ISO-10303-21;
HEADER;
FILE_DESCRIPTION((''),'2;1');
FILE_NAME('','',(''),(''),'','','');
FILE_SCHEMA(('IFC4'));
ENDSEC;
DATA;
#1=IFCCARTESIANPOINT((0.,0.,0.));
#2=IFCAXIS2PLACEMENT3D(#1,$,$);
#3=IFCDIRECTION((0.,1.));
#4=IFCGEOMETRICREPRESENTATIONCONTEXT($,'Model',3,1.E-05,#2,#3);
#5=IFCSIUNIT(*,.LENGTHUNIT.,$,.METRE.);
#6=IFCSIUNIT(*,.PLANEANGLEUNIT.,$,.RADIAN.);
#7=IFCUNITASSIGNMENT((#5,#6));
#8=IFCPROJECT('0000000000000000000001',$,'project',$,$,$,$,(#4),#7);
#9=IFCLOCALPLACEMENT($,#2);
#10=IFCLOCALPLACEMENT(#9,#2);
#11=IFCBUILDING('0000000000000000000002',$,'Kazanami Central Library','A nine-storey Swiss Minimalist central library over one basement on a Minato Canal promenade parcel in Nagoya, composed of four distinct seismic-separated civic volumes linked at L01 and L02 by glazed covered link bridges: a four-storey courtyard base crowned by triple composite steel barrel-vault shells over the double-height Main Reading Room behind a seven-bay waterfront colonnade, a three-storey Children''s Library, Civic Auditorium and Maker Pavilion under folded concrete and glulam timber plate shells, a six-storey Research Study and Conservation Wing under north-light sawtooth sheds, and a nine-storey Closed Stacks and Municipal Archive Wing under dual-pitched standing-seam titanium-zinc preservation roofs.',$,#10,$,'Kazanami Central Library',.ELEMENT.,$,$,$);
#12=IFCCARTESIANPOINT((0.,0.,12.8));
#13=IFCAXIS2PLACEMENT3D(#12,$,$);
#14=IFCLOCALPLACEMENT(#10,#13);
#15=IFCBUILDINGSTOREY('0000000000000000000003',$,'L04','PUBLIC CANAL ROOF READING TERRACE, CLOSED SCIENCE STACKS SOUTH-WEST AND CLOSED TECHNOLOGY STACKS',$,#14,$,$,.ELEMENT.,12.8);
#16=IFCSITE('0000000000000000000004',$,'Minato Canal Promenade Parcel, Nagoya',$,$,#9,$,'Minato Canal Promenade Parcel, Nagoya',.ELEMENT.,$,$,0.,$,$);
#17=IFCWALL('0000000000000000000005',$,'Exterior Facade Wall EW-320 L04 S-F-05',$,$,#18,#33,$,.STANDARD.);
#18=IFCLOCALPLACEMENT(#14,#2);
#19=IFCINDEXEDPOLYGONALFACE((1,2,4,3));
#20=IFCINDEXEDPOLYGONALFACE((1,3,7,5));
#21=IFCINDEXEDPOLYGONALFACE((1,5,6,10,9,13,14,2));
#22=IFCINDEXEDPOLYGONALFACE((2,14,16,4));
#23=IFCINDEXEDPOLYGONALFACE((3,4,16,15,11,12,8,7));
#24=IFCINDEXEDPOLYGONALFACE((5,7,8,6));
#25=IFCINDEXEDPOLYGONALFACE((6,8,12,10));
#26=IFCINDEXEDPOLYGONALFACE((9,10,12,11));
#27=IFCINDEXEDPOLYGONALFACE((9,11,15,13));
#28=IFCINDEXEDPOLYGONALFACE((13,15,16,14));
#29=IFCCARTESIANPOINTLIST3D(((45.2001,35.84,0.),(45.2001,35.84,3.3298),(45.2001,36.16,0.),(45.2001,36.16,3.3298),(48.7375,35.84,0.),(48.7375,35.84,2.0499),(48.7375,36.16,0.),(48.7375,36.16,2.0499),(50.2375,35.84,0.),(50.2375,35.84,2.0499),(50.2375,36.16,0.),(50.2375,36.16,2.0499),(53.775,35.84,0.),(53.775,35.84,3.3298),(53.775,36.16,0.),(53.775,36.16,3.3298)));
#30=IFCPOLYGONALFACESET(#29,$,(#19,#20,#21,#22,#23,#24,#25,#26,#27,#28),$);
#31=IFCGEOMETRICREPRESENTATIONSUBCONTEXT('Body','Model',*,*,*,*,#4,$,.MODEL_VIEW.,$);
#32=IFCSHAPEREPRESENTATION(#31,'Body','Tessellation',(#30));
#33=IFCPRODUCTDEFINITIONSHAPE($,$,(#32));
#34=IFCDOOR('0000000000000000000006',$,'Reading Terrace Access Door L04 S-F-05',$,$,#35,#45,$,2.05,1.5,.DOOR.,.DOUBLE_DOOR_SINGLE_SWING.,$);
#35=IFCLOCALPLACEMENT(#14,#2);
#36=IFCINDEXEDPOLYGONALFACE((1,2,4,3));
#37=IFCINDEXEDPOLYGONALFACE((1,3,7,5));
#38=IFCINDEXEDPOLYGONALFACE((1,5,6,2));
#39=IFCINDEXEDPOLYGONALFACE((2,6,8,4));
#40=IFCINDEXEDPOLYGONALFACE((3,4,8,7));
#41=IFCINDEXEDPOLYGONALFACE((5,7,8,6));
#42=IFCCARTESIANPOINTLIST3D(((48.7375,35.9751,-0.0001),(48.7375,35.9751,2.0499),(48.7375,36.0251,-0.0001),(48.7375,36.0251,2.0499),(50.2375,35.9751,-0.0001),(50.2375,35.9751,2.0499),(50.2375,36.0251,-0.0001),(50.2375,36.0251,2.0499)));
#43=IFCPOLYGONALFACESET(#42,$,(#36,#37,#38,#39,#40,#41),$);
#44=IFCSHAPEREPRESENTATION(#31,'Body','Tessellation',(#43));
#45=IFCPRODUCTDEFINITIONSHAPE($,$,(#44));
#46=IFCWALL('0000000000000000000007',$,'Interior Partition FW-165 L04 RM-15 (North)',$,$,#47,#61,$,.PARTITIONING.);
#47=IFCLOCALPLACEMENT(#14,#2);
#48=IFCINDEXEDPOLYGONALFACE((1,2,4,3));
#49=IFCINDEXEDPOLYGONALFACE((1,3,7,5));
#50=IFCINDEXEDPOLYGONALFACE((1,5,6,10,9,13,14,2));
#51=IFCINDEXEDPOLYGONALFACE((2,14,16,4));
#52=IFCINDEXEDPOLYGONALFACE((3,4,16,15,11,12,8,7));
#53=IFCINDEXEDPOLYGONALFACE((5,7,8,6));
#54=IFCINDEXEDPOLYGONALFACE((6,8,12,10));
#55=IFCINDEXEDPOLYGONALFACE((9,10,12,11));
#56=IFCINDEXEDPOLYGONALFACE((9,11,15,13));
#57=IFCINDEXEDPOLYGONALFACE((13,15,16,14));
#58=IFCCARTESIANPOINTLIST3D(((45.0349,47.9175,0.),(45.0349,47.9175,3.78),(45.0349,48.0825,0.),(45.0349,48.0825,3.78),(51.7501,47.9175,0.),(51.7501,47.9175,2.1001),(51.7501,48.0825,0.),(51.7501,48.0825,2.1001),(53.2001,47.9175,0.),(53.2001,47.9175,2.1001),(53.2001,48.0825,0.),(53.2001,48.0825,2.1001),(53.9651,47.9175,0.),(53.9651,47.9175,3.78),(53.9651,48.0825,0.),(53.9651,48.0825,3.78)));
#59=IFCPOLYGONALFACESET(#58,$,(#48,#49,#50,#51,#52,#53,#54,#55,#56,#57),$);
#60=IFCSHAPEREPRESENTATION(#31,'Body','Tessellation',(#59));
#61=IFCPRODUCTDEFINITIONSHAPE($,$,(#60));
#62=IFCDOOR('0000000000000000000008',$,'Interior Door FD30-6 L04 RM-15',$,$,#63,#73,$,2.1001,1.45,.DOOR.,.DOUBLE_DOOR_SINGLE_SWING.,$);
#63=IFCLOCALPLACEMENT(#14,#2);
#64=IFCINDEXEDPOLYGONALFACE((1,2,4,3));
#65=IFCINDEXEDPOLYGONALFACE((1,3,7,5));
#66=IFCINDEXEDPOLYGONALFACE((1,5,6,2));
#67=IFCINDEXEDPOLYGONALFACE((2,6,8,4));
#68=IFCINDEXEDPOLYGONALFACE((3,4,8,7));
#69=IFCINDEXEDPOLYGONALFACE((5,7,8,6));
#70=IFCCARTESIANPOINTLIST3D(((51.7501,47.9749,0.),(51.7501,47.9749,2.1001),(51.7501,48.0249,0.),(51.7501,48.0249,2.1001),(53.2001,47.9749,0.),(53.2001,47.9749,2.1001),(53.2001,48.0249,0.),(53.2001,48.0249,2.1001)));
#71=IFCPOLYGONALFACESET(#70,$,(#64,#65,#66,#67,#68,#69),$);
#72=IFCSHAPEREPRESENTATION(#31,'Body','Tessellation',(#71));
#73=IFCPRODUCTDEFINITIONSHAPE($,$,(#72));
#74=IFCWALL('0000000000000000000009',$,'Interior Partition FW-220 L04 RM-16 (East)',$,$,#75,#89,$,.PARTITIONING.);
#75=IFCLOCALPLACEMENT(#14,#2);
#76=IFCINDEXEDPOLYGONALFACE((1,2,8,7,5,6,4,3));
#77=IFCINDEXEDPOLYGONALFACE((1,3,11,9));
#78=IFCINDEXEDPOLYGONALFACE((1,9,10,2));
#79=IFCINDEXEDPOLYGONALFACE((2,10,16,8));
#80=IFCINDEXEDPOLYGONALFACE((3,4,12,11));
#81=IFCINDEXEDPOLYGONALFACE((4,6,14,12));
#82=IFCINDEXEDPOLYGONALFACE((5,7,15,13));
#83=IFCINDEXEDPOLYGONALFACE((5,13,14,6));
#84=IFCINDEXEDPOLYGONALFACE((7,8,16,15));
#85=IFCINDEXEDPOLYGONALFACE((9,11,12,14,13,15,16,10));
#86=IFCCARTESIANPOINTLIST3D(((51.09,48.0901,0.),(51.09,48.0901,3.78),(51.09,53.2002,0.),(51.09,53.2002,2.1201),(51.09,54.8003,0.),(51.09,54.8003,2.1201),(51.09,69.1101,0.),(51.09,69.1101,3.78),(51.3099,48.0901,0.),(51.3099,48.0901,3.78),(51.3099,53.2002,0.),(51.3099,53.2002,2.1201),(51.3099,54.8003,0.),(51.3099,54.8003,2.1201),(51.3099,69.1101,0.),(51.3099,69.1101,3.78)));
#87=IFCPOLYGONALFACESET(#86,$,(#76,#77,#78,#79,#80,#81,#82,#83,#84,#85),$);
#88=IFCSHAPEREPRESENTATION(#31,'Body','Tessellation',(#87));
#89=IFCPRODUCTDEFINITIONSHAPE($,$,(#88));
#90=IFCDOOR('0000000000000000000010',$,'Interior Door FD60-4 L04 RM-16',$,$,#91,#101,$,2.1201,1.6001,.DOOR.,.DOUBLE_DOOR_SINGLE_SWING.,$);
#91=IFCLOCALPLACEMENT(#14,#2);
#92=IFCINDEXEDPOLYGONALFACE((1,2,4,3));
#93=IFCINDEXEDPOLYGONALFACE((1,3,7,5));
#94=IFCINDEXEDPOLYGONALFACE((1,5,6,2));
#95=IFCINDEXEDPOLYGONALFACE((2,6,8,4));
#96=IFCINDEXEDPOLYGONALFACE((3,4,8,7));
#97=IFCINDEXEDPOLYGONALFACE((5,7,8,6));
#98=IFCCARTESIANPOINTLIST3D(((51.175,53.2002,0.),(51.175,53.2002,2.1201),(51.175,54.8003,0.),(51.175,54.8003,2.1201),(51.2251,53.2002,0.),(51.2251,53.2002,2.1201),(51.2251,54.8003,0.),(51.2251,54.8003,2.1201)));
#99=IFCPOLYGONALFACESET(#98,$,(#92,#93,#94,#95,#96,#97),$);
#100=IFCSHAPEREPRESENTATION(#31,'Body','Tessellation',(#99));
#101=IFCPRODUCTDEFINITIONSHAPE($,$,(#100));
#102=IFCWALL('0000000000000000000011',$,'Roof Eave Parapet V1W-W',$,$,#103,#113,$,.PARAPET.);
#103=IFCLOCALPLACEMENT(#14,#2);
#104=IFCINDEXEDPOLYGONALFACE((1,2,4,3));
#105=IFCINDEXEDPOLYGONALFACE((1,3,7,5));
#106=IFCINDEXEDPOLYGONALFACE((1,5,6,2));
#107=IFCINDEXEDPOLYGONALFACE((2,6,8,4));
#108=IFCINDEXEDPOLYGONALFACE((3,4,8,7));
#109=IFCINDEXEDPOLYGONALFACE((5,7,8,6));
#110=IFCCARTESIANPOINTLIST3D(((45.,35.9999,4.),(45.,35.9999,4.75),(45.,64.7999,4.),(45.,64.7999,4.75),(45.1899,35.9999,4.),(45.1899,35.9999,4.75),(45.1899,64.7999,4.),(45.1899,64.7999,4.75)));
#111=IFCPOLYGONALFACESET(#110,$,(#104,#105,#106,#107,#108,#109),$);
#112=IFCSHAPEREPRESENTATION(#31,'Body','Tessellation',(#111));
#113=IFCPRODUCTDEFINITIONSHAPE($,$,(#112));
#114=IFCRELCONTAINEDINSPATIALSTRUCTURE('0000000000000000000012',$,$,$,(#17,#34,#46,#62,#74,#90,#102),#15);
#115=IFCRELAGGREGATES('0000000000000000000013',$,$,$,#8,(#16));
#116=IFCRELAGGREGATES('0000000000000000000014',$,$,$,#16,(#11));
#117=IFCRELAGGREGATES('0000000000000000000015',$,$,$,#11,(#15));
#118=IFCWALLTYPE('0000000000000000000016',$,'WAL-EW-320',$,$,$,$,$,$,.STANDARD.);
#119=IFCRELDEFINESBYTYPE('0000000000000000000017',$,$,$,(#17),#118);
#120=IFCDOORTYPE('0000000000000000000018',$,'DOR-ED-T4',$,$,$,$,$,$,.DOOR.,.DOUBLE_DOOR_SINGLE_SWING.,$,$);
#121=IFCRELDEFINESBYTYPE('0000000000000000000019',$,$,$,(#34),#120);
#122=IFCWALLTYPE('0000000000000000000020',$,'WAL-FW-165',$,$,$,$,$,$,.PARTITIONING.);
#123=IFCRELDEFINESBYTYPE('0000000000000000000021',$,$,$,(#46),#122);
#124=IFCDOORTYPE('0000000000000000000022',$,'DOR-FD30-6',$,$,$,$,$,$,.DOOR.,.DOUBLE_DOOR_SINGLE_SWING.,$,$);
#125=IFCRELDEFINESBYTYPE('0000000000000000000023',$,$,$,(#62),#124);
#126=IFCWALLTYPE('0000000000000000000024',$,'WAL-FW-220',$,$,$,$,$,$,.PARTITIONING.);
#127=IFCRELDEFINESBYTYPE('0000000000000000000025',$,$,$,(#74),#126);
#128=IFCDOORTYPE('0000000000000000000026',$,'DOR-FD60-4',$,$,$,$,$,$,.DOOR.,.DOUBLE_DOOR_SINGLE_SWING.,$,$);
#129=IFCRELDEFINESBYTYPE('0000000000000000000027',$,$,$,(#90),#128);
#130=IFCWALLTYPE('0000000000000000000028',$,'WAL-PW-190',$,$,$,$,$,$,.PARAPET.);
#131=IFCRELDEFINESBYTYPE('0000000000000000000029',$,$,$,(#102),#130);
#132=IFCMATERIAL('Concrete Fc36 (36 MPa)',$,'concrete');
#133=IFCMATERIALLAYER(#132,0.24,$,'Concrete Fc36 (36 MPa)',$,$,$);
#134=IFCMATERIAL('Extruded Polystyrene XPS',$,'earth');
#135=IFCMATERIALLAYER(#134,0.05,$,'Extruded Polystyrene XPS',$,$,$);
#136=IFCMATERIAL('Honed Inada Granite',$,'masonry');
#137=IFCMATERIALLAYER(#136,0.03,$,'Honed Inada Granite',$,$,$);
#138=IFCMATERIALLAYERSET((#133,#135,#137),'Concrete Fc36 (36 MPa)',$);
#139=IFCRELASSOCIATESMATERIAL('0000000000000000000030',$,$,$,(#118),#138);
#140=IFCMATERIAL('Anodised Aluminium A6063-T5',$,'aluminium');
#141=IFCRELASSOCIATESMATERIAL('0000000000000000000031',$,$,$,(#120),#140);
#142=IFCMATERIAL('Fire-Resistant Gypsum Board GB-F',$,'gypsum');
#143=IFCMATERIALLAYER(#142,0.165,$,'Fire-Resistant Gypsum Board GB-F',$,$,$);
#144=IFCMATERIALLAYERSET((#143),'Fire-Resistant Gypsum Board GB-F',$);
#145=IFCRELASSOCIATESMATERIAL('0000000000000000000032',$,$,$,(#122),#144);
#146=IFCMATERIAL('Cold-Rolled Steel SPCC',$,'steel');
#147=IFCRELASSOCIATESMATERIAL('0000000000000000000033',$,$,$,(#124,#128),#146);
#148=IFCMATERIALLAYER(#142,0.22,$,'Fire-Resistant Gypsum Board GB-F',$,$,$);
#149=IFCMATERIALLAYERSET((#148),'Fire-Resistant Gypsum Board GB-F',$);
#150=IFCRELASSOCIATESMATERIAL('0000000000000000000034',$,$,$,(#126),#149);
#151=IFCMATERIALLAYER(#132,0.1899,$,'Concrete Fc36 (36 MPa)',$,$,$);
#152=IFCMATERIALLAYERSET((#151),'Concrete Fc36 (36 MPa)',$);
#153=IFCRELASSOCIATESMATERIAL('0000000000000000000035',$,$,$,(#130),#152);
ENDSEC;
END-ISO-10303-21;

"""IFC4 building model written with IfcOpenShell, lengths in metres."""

from ifc_helpers import new_model, si_unit, direction, frame, frame_2d, origin, place, context, subcontext, project, spatial, rectangle, extrude, material, layer, layer_set, type_object, element, fill, save


model = new_model("IFC4")

# Units and contexts
model_context = context("Model", 3, precision=1e-05, world=origin(), true_north=direction((0.0, 1.0)))
body_context = subcontext(model_context, "Body", "Model", "MODEL_VIEW")
ifc_project = project(units=[si_unit("LENGTHUNIT", "METRE"), si_unit("PLANEANGLEUNIT", "RADIAN")], contexts=[model_context])

# Site, building, storey
site_placement = place(None, origin())
site = spatial("IfcSite", under=ifc_project, at=site_placement, Name="Minato Canal Promenade Parcel, Nagoya", LongName="Minato Canal Promenade Parcel, Nagoya", CompositionType="ELEMENT", RefElevation=0.0)
building_placement = place(site_placement, origin())
building = spatial("IfcBuilding", under=site, at=building_placement, Name="Kazanami Central Library", Description="A nine-storey Swiss Minimalist central library over one basement on a Minato Canal promenade parcel in Nagoya, composed of four distinct seismic-separated civic volumes linked at L01 and L02 by glazed covered link bridges: a four-storey courtyard base crowned by triple composite steel barrel-vault shells over the double-height Main Reading Room behind a seven-bay waterfront colonnade, a three-storey Children's Library, Civic Auditorium and Maker Pavilion under folded concrete and glulam timber plate shells, a six-storey Research Study and Conservation Wing under north-light sawtooth sheds, and a nine-storey Closed Stacks and Municipal Archive Wing under dual-pitched standing-seam titanium-zinc preservation roofs.", LongName="Kazanami Central Library", CompositionType="ELEMENT")
storey_placement = place(building_placement, frame((0.0, 0.0, 12.8)))
storey = spatial("IfcBuildingStorey", under=building, at=storey_placement, Name="L04", Description="PUBLIC CANAL ROOF READING TERRACE, CLOSED SCIENCE STACKS SOUTH-WEST AND CLOSED TECHNOLOGY STACKS", CompositionType="ELEMENT", Elevation=12.8)

# Shared definitions
ifc_material_1 = material(Name="Anodised Aluminium A6063-T5", Category="aluminium")

# Shared definitions
ifc_material_2 = material(Name="Concrete Fc36 (36 MPa)", Category="concrete")
ifc_material_3 = material(Name="Extruded Polystyrene XPS", Category="earth")
ifc_material_4 = material(Name="Honed Inada Granite", Category="masonry")

# Walls, openings, doors
ifc_layer_1 = layer(ifc_material_2, 0.24, Name="Concrete Fc36 (36 MPa)")
ifc_layer_2 = layer(ifc_material_3, 0.05, Name="Extruded Polystyrene XPS")
ifc_layer_3 = layer(ifc_material_4, 0.03, Name="Honed Inada Granite")
ifc_layer_set_1 = layer_set([ifc_layer_1, ifc_layer_2, ifc_layer_3], Name="Concrete Fc36 (36 MPa)")
wall_type_1 = type_object("IfcWallType", Name="WAL-EW-320", PredefinedType="STANDARD", material=ifc_layer_set_1)
wall_1_placement = place(storey_placement, frame((45.2, 36.0, 0.0), z_axis=(0.0, 0.0, 1.0), x_axis=(1.0, 0.0, 0.0)))
wall_1 = element("IfcWall", 1, at=wall_1_placement, inside=storey, type_object=wall_type_1, Name="Exterior Facade Wall EW-320 L04 S-F-05", PredefinedType="STANDARD", context=body_context, shape_type="SweptSolid", body=[
    extrude(rectangle(XDim=8.575, YDim=0.3201, at=frame_2d((4.2876, 0.0))), origin(), (0.0, 0.0, 1.0), 3.3298),
])
opening_1_placement = place(wall_1_placement, frame((3.5376, 0.0, 0.0)))
opening_1 = element("IfcOpeningElement", 2, at=opening_1_placement, cuts=wall_1, PredefinedType="OPENING", context=body_context, shape_type="SweptSolid", body=[
    extrude(rectangle(XDim=1.5, YDim=2.05, at=frame_2d((0.75, 1.0249))), frame((0.0, 0.1719, 0.0), z_axis=(0.0, -1.0, 0.0), x_axis=(1.0, 0.0, 0.0)), (0.0, 0.0, 1.0), 0.344),
])
door_type_1 = type_object("IfcDoorType", Name="DOR-ED-T4", OperationType="DOUBLE_DOOR_SINGLE_SWING", PredefinedType="DOOR", material=ifc_material_1)
door_1_placement = place(opening_1_placement, frame((1.5, 0.0, 0.0), z_axis=(0.0, 0.0, 1.0), x_axis=(-1.0, 0.0, 0.0)))
door_1 = element("IfcDoor", 3, at=door_1_placement, inside=storey, type_object=door_type_1, Name="Reading Terrace Access Door L04 S-F-05", OperationType="DOUBLE_DOOR_SINGLE_SWING", OverallHeight=2.05, OverallWidth=1.5, PredefinedType="DOOR", context=body_context, shape_type="SweptSolid", body=[
    extrude(rectangle(XDim=1.5, YDim=2.05, at=frame_2d((0.75, 1.0249))), frame((0.0, 0.0249, 0.0), z_axis=(0.0, -1.0, 0.0), x_axis=(1.0, 0.0, 0.0)), (0.0, 0.0, 1.0), 0.05),
])
fill(opening_1, door_1)
ifc_material_5 = material(Name="Fire-Resistant Gypsum Board GB-F", Category="gypsum")
ifc_layer_4 = layer(ifc_material_5, 0.165, Name="Fire-Resistant Gypsum Board GB-F")
ifc_layer_set_2 = layer_set([ifc_layer_4], Name="Fire-Resistant Gypsum Board GB-F")
wall_type_2 = type_object("IfcWallType", Name="WAL-FW-165", PredefinedType="PARTITIONING", material=ifc_layer_set_2)
wall_2_placement = place(storey_placement, frame((45.0349, 48.0, 0.0), z_axis=(0.0, 0.0, 1.0), x_axis=(1.0, 0.0, 0.0)))
wall_2 = element("IfcWall", 4, at=wall_2_placement, inside=storey, type_object=wall_type_2, Name="Interior Partition FW-165 L04 RM-15 (North)", PredefinedType="PARTITIONING", context=body_context, shape_type="SweptSolid", body=[
    extrude(rectangle(XDim=8.9302, YDim=0.165, at=frame_2d((4.4651, 0.0))), origin(), (0.0, 0.0, 1.0), 3.78),
])
opening_2_placement = place(wall_2_placement, frame((6.7151, 0.0, 0.0)))
opening_2 = element("IfcOpeningElement", 5, at=opening_2_placement, cuts=wall_2, PredefinedType="OPENING", context=body_context, shape_type="SweptSolid", body=[
    extrude(rectangle(XDim=1.45, YDim=2.1001, at=frame_2d((0.7251, 1.05))), frame((0.0, 0.0945, 0.0), z_axis=(0.0, -1.0, 0.0), x_axis=(1.0, 0.0, 0.0)), (0.0, 0.0, 1.0), 0.189),
])
ifc_material_6 = material(Name="Cold-Rolled Steel SPCC", Category="steel")
door_type_2 = type_object("IfcDoorType", Name="DOR-FD30-6", OperationType="DOUBLE_DOOR_SINGLE_SWING", PredefinedType="DOOR", material=ifc_material_6)
door_2_placement = place(opening_2_placement, origin())
door_2 = element("IfcDoor", 6, at=door_2_placement, inside=storey, type_object=door_type_2, Name="Interior Door FD30-6 L04 RM-15", OperationType="DOUBLE_DOOR_SINGLE_SWING", OverallHeight=2.1001, OverallWidth=1.45, PredefinedType="DOOR", context=body_context, shape_type="SweptSolid", body=[
    extrude(rectangle(XDim=1.45, YDim=2.1001, at=frame_2d((0.7251, 1.05))), frame((0.0, 0.0249, 0.0), z_axis=(0.0, -1.0, 0.0), x_axis=(1.0, 0.0, 0.0)), (0.0, 0.0, 1.0), 0.05),
])
fill(opening_2, door_2)
ifc_layer_5 = layer(ifc_material_5, 0.22, Name="Fire-Resistant Gypsum Board GB-F")
ifc_layer_set_3 = layer_set([ifc_layer_5], Name="Fire-Resistant Gypsum Board GB-F")
wall_type_3 = type_object("IfcWallType", Name="WAL-FW-220", PredefinedType="PARTITIONING", material=ifc_layer_set_3)
wall_3_placement = place(storey_placement, frame((51.2, 48.0901, 0.0), z_axis=(0.0, 0.0, 1.0), x_axis=(0.0, 1.0, 0.0)))
wall_3 = element("IfcWall", 7, at=wall_3_placement, inside=storey, type_object=wall_type_3, Name="Interior Partition FW-220 L04 RM-16 (East)", PredefinedType="PARTITIONING", context=body_context, shape_type="SweptSolid", body=[
    extrude(rectangle(XDim=21.02, YDim=0.22, at=frame_2d((10.51, 0.0))), origin(), (0.0, 0.0, 1.0), 3.78),
])
opening_3_placement = place(wall_3_placement, frame((5.1101, 0.0, 0.0)))
opening_3 = element("IfcOpeningElement", 8, at=opening_3_placement, cuts=wall_3, PredefinedType="OPENING", context=body_context, shape_type="SweptSolid", body=[
    extrude(rectangle(XDim=1.6001, YDim=2.1201, at=frame_2d((0.8, 1.0601))), frame((0.0, 0.1221, 0.0), z_axis=(0.0, -1.0, 0.0), x_axis=(1.0, 0.0, 0.0)), (0.0, 0.0, 1.0), 0.2439),
])
door_type_3 = type_object("IfcDoorType", Name="DOR-FD60-4", OperationType="DOUBLE_DOOR_SINGLE_SWING", PredefinedType="DOOR", material=ifc_material_6)
door_3_placement = place(opening_3_placement, origin())
door_3 = element("IfcDoor", 9, at=door_3_placement, inside=storey, type_object=door_type_3, Name="Interior Door FD60-4 L04 RM-16", OperationType="DOUBLE_DOOR_SINGLE_SWING", OverallHeight=2.1201, OverallWidth=1.6001, PredefinedType="DOOR", context=body_context, shape_type="SweptSolid", body=[
    extrude(rectangle(XDim=1.6001, YDim=2.1201, at=frame_2d((0.8, 1.0601))), frame((0.0, 0.0249, 0.0), z_axis=(0.0, -1.0, 0.0), x_axis=(1.0, 0.0, 0.0)), (0.0, 0.0, 1.0), 0.05),
])
fill(opening_3, door_3)

# Wall
ifc_layer_6 = layer(ifc_material_2, 0.1899, Name="Concrete Fc36 (36 MPa)")
ifc_layer_set_4 = layer_set([ifc_layer_6], Name="Concrete Fc36 (36 MPa)")
wall_type_4 = type_object("IfcWallType", Name="WAL-PW-190", PredefinedType="PARAPET", material=ifc_layer_set_4)
wall_4_placement = place(storey_placement, frame((45.095, 36.0, 4.0), z_axis=(0.0, 0.0, 1.0), x_axis=(0.0, 1.0, 0.0)))
element("IfcWall", 10, at=wall_4_placement, inside=storey, type_object=wall_type_4, Name="Roof Eave Parapet V1W-W", PredefinedType="PARAPET", context=body_context, shape_type="SweptSolid", body=[
    extrude(rectangle(XDim=28.8, YDim=0.1899, at=frame_2d((14.3999, 0.0))), origin(), (0.0, 0.0, 1.0), 0.75),
])

save(model, "model.ifc")
